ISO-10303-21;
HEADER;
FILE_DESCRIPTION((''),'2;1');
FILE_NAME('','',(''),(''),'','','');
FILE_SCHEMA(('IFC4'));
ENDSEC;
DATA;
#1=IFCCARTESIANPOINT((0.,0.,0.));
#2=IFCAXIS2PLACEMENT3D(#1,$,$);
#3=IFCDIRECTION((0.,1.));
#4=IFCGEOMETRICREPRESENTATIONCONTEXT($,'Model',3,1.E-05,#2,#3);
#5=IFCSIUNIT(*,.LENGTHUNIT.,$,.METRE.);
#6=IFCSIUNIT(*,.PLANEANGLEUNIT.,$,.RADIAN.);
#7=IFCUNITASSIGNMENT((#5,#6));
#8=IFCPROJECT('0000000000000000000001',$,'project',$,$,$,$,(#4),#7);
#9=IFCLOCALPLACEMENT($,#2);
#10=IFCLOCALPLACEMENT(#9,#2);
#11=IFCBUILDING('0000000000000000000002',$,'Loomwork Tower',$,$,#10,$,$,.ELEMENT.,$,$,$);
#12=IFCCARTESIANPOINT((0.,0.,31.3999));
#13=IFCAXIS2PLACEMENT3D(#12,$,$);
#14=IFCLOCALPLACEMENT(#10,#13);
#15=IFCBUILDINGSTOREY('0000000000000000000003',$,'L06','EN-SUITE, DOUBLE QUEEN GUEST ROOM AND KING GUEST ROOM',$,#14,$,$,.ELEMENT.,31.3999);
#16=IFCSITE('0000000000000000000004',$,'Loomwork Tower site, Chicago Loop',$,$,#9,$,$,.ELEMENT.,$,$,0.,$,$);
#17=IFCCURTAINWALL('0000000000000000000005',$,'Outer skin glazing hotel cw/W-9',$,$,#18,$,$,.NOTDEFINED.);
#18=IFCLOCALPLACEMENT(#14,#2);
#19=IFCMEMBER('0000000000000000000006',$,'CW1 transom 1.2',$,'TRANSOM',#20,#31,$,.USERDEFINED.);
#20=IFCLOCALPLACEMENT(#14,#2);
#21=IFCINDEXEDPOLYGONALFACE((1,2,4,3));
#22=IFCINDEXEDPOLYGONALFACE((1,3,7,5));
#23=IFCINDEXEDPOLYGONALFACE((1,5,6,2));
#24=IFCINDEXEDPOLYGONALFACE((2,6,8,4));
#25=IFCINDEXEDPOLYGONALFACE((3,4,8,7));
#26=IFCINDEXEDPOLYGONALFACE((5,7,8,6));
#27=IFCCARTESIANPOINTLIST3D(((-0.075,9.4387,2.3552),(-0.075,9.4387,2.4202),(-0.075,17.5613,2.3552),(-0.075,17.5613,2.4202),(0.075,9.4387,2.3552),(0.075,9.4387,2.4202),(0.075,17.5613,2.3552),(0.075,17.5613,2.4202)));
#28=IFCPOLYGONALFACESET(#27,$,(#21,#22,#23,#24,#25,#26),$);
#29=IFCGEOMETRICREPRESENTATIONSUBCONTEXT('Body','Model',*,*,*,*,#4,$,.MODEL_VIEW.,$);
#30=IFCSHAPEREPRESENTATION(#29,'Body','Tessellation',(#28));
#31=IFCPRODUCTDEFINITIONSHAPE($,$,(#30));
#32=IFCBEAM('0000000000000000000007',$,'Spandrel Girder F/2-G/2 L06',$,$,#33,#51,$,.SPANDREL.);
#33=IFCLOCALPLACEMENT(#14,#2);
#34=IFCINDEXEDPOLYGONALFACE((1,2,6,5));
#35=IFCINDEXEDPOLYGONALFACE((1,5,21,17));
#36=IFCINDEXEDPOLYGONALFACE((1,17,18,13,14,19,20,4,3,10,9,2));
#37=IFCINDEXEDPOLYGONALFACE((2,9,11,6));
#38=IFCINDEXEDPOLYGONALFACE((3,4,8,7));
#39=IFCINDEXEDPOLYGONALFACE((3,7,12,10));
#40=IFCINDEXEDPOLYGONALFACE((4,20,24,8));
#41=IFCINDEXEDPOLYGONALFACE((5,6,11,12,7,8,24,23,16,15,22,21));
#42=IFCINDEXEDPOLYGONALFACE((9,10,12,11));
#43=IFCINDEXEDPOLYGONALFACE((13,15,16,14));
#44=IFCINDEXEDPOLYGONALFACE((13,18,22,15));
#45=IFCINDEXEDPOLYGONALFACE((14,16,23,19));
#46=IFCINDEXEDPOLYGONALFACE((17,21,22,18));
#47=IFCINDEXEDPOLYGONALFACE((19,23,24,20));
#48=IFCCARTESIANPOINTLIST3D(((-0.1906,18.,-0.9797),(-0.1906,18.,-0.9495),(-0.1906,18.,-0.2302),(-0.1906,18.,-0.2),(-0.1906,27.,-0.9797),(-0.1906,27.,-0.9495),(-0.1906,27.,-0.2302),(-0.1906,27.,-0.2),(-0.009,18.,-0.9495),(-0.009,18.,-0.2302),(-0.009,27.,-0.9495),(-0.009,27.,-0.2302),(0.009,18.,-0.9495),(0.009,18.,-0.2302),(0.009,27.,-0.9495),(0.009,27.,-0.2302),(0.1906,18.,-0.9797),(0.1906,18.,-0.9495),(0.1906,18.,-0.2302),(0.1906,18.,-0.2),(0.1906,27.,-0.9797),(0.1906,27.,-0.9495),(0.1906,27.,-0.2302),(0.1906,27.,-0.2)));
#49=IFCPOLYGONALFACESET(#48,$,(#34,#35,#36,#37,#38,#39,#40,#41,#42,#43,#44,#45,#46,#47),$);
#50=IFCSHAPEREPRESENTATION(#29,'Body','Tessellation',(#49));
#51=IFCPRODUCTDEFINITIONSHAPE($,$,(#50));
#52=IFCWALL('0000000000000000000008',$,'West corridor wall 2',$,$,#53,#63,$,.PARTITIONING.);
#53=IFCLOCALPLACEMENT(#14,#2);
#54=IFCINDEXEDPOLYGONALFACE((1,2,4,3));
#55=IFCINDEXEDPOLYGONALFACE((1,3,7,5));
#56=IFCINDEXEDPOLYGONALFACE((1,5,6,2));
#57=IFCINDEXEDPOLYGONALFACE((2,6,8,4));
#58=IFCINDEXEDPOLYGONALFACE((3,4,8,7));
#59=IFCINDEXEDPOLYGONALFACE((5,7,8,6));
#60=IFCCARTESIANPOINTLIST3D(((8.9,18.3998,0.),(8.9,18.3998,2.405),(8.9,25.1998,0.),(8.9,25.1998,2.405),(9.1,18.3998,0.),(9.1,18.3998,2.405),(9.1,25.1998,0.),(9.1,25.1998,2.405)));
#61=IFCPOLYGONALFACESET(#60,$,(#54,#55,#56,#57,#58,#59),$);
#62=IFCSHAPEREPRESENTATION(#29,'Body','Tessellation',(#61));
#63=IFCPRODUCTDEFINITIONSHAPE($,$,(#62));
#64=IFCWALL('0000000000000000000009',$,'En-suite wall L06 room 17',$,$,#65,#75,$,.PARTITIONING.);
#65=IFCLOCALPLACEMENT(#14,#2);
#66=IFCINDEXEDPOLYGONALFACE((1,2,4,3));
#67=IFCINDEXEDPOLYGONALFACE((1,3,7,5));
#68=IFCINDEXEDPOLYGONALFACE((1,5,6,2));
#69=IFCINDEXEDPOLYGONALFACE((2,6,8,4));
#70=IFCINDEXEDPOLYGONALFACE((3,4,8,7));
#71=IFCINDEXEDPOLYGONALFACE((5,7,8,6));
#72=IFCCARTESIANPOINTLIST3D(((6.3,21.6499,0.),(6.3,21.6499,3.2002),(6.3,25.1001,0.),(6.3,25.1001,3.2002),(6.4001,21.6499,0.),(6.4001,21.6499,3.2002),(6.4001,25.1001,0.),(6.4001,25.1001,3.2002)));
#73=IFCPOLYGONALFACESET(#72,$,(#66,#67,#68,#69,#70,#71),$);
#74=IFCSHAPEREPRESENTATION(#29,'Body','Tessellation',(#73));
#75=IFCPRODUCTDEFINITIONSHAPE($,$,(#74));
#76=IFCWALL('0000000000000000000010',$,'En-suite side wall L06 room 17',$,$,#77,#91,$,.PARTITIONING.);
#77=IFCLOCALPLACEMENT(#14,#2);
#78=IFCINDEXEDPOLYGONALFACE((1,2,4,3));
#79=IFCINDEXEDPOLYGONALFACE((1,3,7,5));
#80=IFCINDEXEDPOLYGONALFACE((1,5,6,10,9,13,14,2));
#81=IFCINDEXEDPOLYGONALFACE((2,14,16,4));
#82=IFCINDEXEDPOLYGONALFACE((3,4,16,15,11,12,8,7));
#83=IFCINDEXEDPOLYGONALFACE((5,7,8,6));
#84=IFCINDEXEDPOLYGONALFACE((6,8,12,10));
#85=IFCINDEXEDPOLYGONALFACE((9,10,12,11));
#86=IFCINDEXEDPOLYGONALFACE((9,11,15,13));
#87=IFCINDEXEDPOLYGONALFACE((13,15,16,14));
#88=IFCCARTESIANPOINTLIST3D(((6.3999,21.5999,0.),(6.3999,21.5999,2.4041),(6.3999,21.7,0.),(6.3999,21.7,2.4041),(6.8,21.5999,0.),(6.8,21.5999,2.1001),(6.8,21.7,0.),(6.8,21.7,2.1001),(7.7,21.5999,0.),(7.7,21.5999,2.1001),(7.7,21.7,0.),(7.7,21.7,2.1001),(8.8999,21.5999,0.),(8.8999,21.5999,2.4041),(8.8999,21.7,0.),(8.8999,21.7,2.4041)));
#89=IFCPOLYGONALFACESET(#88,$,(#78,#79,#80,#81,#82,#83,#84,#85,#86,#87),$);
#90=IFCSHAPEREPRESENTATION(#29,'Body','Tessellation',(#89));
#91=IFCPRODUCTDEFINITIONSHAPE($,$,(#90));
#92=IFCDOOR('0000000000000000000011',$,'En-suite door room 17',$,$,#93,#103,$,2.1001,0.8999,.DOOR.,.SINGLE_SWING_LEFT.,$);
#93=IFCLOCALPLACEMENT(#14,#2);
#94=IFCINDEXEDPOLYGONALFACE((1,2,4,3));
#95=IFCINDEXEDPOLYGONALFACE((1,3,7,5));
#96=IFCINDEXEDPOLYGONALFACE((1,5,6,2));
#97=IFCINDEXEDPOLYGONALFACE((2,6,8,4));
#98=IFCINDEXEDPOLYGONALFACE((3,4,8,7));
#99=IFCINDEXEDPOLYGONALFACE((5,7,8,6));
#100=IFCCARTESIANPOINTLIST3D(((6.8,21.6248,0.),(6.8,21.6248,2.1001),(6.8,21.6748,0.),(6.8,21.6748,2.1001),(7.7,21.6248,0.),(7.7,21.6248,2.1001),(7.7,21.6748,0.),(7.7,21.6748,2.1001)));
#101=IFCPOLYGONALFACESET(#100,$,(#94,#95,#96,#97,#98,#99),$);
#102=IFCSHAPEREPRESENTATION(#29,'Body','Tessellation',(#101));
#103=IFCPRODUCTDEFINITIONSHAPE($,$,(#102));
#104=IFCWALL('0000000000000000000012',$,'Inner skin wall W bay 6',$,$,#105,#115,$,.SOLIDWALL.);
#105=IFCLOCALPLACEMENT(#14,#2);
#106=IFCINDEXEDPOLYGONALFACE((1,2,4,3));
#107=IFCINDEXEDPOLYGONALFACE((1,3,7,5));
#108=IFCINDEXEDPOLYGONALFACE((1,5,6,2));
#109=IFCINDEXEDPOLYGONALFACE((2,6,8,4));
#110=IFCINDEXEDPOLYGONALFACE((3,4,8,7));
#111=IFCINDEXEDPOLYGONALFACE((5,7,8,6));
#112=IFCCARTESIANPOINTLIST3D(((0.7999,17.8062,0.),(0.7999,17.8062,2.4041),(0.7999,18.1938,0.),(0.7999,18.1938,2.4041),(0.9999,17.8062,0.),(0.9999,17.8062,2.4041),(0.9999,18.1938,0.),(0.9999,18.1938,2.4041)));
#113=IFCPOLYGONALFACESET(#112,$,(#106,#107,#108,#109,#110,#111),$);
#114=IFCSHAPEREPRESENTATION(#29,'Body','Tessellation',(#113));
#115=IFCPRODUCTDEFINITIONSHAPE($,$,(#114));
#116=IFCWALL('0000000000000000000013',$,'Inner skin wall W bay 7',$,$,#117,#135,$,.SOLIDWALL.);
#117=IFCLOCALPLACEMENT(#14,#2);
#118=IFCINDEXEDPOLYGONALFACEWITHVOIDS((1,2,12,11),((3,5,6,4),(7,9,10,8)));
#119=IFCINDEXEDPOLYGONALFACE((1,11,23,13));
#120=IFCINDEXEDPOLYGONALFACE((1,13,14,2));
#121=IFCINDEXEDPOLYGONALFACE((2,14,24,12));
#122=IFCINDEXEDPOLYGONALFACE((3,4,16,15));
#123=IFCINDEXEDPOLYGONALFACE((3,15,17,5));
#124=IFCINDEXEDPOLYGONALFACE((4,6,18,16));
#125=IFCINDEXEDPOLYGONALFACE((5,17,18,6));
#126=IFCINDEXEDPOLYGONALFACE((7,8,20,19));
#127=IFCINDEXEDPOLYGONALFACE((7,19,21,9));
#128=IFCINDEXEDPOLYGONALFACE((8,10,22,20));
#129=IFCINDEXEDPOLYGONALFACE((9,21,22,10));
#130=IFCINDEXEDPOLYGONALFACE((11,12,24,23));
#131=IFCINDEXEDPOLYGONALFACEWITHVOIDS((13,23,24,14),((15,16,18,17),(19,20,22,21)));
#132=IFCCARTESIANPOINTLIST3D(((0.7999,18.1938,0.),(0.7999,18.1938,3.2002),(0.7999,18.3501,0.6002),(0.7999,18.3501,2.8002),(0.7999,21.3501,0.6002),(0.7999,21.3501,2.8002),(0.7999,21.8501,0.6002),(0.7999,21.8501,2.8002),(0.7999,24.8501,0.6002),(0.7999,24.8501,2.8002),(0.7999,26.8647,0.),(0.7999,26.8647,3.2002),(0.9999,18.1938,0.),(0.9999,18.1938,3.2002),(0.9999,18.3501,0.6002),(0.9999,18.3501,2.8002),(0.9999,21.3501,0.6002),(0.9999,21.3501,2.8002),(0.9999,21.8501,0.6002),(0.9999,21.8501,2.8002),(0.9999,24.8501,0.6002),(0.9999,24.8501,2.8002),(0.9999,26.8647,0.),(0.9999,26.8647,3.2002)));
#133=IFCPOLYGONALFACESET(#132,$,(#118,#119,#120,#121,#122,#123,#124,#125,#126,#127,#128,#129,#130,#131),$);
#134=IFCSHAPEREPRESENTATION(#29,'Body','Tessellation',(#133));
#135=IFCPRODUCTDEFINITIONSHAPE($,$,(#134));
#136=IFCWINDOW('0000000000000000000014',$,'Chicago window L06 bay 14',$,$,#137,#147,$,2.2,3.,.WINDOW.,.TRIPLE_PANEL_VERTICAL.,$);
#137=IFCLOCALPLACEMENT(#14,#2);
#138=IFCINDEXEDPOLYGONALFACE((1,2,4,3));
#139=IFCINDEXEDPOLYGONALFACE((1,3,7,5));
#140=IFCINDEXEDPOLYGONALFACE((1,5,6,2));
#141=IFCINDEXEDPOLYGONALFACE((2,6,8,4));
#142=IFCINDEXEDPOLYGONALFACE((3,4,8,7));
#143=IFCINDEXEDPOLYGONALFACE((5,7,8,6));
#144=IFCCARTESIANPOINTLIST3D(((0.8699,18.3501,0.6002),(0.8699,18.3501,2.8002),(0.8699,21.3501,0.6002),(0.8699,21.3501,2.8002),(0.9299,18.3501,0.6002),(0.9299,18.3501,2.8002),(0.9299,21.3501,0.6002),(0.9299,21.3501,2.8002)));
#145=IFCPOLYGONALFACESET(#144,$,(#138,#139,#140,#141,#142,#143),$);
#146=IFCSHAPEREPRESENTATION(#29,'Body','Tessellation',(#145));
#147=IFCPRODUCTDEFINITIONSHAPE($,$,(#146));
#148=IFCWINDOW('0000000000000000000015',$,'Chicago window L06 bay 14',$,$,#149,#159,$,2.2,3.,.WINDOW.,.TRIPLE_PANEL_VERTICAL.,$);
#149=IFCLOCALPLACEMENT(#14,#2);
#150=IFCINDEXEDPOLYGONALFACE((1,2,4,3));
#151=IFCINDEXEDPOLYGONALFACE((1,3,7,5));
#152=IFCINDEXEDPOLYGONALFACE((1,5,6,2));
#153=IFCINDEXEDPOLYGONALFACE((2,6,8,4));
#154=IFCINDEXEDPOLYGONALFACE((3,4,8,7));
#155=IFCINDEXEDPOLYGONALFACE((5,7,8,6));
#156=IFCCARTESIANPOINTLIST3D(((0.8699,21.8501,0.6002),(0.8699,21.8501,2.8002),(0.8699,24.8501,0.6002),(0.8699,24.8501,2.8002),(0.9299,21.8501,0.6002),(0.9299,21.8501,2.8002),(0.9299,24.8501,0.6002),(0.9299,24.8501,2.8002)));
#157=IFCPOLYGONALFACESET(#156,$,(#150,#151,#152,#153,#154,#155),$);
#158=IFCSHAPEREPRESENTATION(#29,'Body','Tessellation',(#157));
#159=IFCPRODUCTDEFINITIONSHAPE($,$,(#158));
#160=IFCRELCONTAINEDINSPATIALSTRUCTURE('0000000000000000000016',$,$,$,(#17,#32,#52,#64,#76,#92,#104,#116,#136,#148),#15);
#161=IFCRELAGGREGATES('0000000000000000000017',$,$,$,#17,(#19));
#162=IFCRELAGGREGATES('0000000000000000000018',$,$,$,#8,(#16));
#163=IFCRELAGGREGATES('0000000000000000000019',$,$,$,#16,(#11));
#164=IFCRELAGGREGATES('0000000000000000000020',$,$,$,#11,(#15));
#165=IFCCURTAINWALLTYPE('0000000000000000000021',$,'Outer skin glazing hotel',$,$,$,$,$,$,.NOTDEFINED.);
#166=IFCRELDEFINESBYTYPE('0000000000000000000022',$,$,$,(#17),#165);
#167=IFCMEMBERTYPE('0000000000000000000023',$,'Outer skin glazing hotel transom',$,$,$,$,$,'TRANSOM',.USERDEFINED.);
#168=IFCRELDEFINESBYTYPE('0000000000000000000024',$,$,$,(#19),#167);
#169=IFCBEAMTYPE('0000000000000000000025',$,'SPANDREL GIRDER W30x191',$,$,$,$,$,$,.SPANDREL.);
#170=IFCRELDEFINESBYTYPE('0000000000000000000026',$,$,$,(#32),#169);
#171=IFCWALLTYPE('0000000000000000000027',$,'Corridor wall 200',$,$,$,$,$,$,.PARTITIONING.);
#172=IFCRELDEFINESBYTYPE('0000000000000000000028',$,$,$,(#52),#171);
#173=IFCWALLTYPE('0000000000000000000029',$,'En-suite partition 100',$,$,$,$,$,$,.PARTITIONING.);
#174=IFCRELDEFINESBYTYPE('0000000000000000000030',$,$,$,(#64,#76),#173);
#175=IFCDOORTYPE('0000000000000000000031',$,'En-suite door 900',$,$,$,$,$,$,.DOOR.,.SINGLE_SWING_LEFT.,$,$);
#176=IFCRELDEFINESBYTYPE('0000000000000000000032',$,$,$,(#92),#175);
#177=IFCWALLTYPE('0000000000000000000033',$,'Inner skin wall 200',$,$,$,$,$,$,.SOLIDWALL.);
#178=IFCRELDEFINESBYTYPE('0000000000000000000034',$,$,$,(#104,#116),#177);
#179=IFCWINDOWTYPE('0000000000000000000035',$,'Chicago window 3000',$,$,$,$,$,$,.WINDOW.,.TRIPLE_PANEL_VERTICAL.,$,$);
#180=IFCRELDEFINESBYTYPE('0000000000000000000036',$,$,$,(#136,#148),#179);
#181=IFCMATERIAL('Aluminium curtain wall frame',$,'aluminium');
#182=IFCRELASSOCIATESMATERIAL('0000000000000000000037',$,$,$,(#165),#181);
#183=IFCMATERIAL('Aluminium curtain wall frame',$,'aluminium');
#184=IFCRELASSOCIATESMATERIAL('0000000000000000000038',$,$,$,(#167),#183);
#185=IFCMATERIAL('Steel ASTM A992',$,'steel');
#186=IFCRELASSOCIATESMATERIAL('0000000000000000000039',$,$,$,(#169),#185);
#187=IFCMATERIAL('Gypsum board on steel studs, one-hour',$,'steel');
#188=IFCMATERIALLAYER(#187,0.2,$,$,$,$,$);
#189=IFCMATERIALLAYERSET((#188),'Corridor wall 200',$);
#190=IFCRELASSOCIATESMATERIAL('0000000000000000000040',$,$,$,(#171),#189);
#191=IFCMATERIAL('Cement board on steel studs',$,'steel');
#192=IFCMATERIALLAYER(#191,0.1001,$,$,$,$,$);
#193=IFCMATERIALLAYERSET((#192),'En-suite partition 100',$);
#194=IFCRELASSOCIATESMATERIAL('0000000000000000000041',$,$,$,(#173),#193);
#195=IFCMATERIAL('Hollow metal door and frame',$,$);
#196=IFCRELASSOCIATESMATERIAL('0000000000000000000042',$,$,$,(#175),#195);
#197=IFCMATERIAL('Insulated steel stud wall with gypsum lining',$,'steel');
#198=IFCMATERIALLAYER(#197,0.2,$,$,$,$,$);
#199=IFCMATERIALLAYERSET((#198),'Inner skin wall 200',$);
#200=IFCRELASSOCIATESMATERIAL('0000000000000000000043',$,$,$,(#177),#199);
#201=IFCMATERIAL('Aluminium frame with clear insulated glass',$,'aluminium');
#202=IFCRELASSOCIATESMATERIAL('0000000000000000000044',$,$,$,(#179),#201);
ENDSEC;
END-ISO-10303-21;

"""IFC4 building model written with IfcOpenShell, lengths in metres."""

from ifc_helpers import new_model, si_unit, direction, frame, frame_2d, origin, origin_2d, place, context, subcontext, project, spatial, rectangle, i_section, extrude, material, layer, layer_set, material_profile, profile_set, type_object, element, fill, aggregate, save


model = new_model("IFC4")

# Units and contexts
model_context = context("Model", 3, precision=1e-05, world=origin(), true_north=direction((0.0, 1.0)))
body_context = subcontext(model_context, "Body", "Model", "MODEL_VIEW")
ifc_project = project(units=[si_unit("LENGTHUNIT", "METRE"), si_unit("PLANEANGLEUNIT", "RADIAN")], contexts=[model_context])

# Site, building, storey
site_placement = place(None, origin())
site = spatial("IfcSite", under=ifc_project, at=site_placement, Name="Loomwork Tower site, Chicago Loop", CompositionType="ELEMENT", RefElevation=0.0)
building_placement = place(site_placement, origin())
building = spatial("IfcBuilding", under=site, at=building_placement, Name="Loomwork Tower", CompositionType="ELEMENT")
storey_placement = place(building_placement, frame((0.0, 0.0, 31.3999)))
storey = spatial("IfcBuildingStorey", under=building, at=storey_placement, Name="L06", Description="EN-SUITE, DOUBLE QUEEN GUEST ROOM AND KING GUEST ROOM", CompositionType="ELEMENT", Elevation=31.3999)

# Curtain wall
ifc_material_1 = material(Name="Aluminium curtain wall frame", Category="aluminium")
curtain_wall_type = type_object("IfcCurtainWallType", Name="Outer skin glazing hotel", PredefinedType="NOTDEFINED", material=ifc_material_1)
curtain_wall_1_placement = place(storey_placement, origin())
curtain_wall_1 = element("IfcCurtainWall", 1, at=curtain_wall_1_placement, inside=storey, type_object=curtain_wall_type, Name="Outer skin glazing hotel cw/W-9", PredefinedType="NOTDEFINED")

# Member
ifc_material_2 = material(Name="Aluminium curtain wall frame", Category="aluminium")
ifc_material_profile_1 = material_profile(ifc_material_2, rectangle(XDim=0.1499, YDim=0.0649, at=origin_2d()), Name="AL 65x150")
ifc_profile_set_1 = profile_set([ifc_material_profile_1], Name="Aluminium curtain wall frame")
member_type_1 = type_object("IfcMemberType", Name="Outer skin glazing hotel transom", ElementType="TRANSOM", PredefinedType="USERDEFINED", material=ifc_profile_set_1)
member_1_placement = place(storey_placement, frame((0.0, 17.5613, 2.3877), z_axis=(0.0, -1.0, 0.0), x_axis=(1.0, 0.0, 0.0)))
member_1 = element("IfcMember", 2, at=member_1_placement, type_object=member_type_1, Name="CW1 transom 1.2", ObjectType="TRANSOM", PredefinedType="USERDEFINED", context=body_context, shape_type="SweptSolid", body=[
    extrude(rectangle(XDim=0.1499, YDim=0.0649, at=origin_2d()), origin(), (0.0, 0.0, 1.0), 8.1226),
])
aggregate(curtain_wall_1, [member_1])

# Beam
ifc_material_3 = material(Name="Steel ASTM A992", Category="steel")
ifc_material_profile_2 = material_profile(ifc_material_3, i_section(OverallWidth=0.3811, OverallDepth=0.7798, WebThickness=0.0181, FlangeThickness=0.0303, at=origin_2d()), Name="W30x191")
ifc_profile_set_2 = profile_set([ifc_material_profile_2], Name="Steel ASTM A992")
beam_type_1 = type_object("IfcBeamType", Name="SPANDREL GIRDER W30x191", PredefinedType="SPANDREL", material=ifc_profile_set_2)
beam_1_placement = place(storey_placement, frame((0.0, 18.0, -0.5898), z_axis=(0.0, 1.0, 0.0), x_axis=(-1.0, 0.0, 0.0)))
element("IfcBeam", 3, at=beam_1_placement, inside=storey, type_object=beam_type_1, Name="Spandrel Girder F/2-G/2 L06", PredefinedType="SPANDREL", context=body_context, shape_type="SweptSolid", body=[
    extrude(i_section(OverallWidth=0.3811, OverallDepth=0.7798, WebThickness=0.0181, FlangeThickness=0.0303, at=origin_2d()), origin(), (0.0, 0.0, 1.0), 9.0),
])

# Walls
ifc_material_4 = material(Name="Gypsum board on steel studs, one-hour", Category="steel")
ifc_layer_1 = layer(ifc_material_4, 0.2)
ifc_layer_set_1 = layer_set([ifc_layer_1], Name="Corridor wall 200")
wall_type_1 = type_object("IfcWallType", Name="Corridor wall 200", PredefinedType="PARTITIONING", material=ifc_layer_set_1)
wall_1_placement = place(storey_placement, frame((9.0, 18.3999, 0.0), z_axis=(0.0, 0.0, 1.0), x_axis=(0.0, 1.0, 0.0)))
element("IfcWall", 4, at=wall_1_placement, inside=storey, type_object=wall_type_1, Name="West corridor wall 2", PredefinedType="PARTITIONING", context=body_context, shape_type="SweptSolid", body=[
    extrude(rectangle(XDim=6.8, YDim=0.2, at=frame_2d((3.3999, 0.0))), origin(), (0.0, 0.0, 1.0), 2.405),
])
ifc_material_5 = material(Name="Cement board on steel studs", Category="steel")
ifc_layer_2 = layer(ifc_material_5, 0.1001)
ifc_layer_set_2 = layer_set([ifc_layer_2], Name="En-suite partition 100")
wall_type_2 = type_object("IfcWallType", Name="En-suite partition 100", PredefinedType="PARTITIONING", material=ifc_layer_set_2)
wall_2_placement = place(storey_placement, frame((6.3501, 21.6499, 0.0), z_axis=(0.0, 0.0, 1.0), x_axis=(0.0, 1.0, 0.0)))
element("IfcWall", 5, at=wall_2_placement, inside=storey, type_object=wall_type_2, Name="En-suite wall L06 room 17", PredefinedType="PARTITIONING", context=body_context, shape_type="SweptSolid", body=[
    extrude(rectangle(XDim=3.4502, YDim=0.1001, at=frame_2d((1.7251, 0.0))), origin(), (0.0, 0.0, 1.0), 3.2002),
])

# Wall, opening, door
wall_3_placement = place(storey_placement, frame((8.8999, 21.6499, 0.0), z_axis=(0.0, 0.0, 1.0), x_axis=(-1.0, 0.0, 0.0)))
wall_3 = element("IfcWall", 6, at=wall_3_placement, inside=storey, type_object=wall_type_2, Name="En-suite side wall L06 room 17", PredefinedType="PARTITIONING", context=body_context, shape_type="SweptSolid", body=[
    extrude(rectangle(XDim=2.5, YDim=0.1001, at=frame_2d((1.25, 0.0))), origin(), (0.0, 0.0, 1.0), 2.4041),
])
opening_1_placement = place(wall_3_placement, frame((1.2, 0.0, 0.0)))
opening_1 = element("IfcOpeningElement", 7, at=opening_1_placement, cuts=wall_3, PredefinedType="OPENING", context=body_context, shape_type="SweptSolid", body=[
    extrude(rectangle(XDim=0.8999, YDim=2.1001, at=frame_2d((0.45, 1.05))), frame((0.0, 0.0601, 0.0), z_axis=(0.0, -1.0, 0.0), x_axis=(1.0, 0.0, 0.0)), (0.0, 0.0, 1.0), 0.1201),
])
ifc_material_6 = material(Name="Hollow metal door and frame")
door_type = type_object("IfcDoorType", Name="En-suite door 900", OperationType="SINGLE_SWING_LEFT", PredefinedType="DOOR", material=ifc_material_6)
door_placement = place(opening_1_placement, frame((0.8999, 0.0, 0.0), z_axis=(0.0, 0.0, 1.0), x_axis=(-1.0, 0.0, 0.0)))
door = element("IfcDoor", 8, at=door_placement, inside=storey, type_object=door_type, Name="En-suite door room 17", OperationType="SINGLE_SWING_LEFT", OverallHeight=2.1001, OverallWidth=0.8999, PredefinedType="DOOR", context=body_context, shape_type="SweptSolid", body=[
    extrude(rectangle(XDim=0.8999, YDim=2.1001, at=frame_2d((0.45, 1.05))), frame((0.0, 0.0249, 0.0), z_axis=(0.0, -1.0, 0.0), x_axis=(1.0, 0.0, 0.0)), (0.0, 0.0, 1.0), 0.05),
])
fill(opening_1, door)

# Wall
ifc_material_7 = material(Name="Insulated steel stud wall with gypsum lining", Category="steel")
ifc_layer_3 = layer(ifc_material_7, 0.2)
ifc_layer_set_3 = layer_set([ifc_layer_3], Name="Inner skin wall 200")
wall_type_3 = type_object("IfcWallType", Name="Inner skin wall 200", PredefinedType="SOLIDWALL", material=ifc_layer_set_3)
wall_4_placement = place(storey_placement, frame((0.8999, 17.8062, 0.0), z_axis=(0.0, 0.0, 1.0), x_axis=(0.0, 1.0, 0.0)))
element("IfcWall", 9, at=wall_4_placement, inside=storey, type_object=wall_type_3, Name="Inner skin wall W bay 6", PredefinedType="SOLIDWALL", context=body_context, shape_type="SweptSolid", body=[
    extrude(rectangle(XDim=0.3877, YDim=0.2, at=frame_2d((0.1938, 0.0))), origin(), (0.0, 0.0, 1.0), 2.4041),
])

# Wall, openings, windows
wall_5_placement = place(storey_placement, frame((0.8999, 18.1938, 0.0), z_axis=(0.0, 0.0, 1.0), x_axis=(0.0, 1.0, 0.0)))
wall_5 = element("IfcWall", 10, at=wall_5_placement, inside=storey, type_object=wall_type_3, Name="Inner skin wall W bay 7", PredefinedType="SOLIDWALL", context=body_context, shape_type="SweptSolid", body=[
    extrude(rectangle(XDim=8.6709, YDim=0.2, at=frame_2d((4.3354, 0.0))), origin(), (0.0, 0.0, 1.0), 3.2002),
])
opening_2_placement = place(wall_5_placement, frame((0.1562, 0.0, 0.6001)))
opening_2 = element("IfcOpeningElement", 11, at=opening_2_placement, cuts=wall_5, PredefinedType="OPENING", context=body_context, shape_type="SweptSolid", body=[
    extrude(rectangle(XDim=3.0, YDim=2.2, at=frame_2d((1.5, 1.1001))), frame((0.0, 0.1099, 0.0), z_axis=(0.0, -1.0, 0.0), x_axis=(1.0, 0.0, 0.0)), (0.0, 0.0, 1.0), 0.22),
])
opening_3_placement = place(wall_5_placement, frame((3.6562, 0.0, 0.6001)))
opening_3 = element("IfcOpeningElement", 12, at=opening_3_placement, cuts=wall_5, PredefinedType="OPENING", context=body_context, shape_type="SweptSolid", body=[
    extrude(rectangle(XDim=3.0, YDim=2.2, at=frame_2d((1.5, 1.1001))), frame((0.0, 0.1099, 0.0), z_axis=(0.0, -1.0, 0.0), x_axis=(1.0, 0.0, 0.0)), (0.0, 0.0, 1.0), 0.22),
])
ifc_material_8 = material(Name="Aluminium frame with clear insulated glass", Category="aluminium")
window_type = type_object("IfcWindowType", Name="Chicago window 3000", PartitioningType="TRIPLE_PANEL_VERTICAL", PredefinedType="WINDOW", material=ifc_material_8)
window_1_placement = place(opening_2_placement, origin())
window_1 = element("IfcWindow", 13, at=window_1_placement, inside=storey, type_object=window_type, Name="Chicago window L06 bay 14", OverallHeight=2.2, OverallWidth=3.0, PartitioningType="TRIPLE_PANEL_VERTICAL", PredefinedType="WINDOW", context=body_context, shape_type="SweptSolid", body=[
    extrude(rectangle(XDim=3.0, YDim=2.2, at=frame_2d((1.5, 1.1001))), frame((0.0, 0.03, 0.0), z_axis=(0.0, -1.0, 0.0), x_axis=(1.0, 0.0, 0.0)), (0.0, 0.0, 1.0), 0.0601),
])
fill(opening_2, window_1)
window_2_placement = place(opening_3_placement, origin())
window_2 = element("IfcWindow", 14, at=window_2_placement, inside=storey, type_object=window_type, Name="Chicago window L06 bay 14", OverallHeight=2.2, OverallWidth=3.0, PartitioningType="TRIPLE_PANEL_VERTICAL", PredefinedType="WINDOW", context=body_context, shape_type="SweptSolid", body=[
    extrude(rectangle(XDim=3.0, YDim=2.2, at=frame_2d((1.5, 1.1001))), frame((0.0, 0.03, 0.0), z_axis=(0.0, -1.0, 0.0), x_axis=(1.0, 0.0, 0.0)), (0.0, 0.0, 1.0), 0.0601),
])
fill(opening_3, window_2)

save(model, "model.ifc")
